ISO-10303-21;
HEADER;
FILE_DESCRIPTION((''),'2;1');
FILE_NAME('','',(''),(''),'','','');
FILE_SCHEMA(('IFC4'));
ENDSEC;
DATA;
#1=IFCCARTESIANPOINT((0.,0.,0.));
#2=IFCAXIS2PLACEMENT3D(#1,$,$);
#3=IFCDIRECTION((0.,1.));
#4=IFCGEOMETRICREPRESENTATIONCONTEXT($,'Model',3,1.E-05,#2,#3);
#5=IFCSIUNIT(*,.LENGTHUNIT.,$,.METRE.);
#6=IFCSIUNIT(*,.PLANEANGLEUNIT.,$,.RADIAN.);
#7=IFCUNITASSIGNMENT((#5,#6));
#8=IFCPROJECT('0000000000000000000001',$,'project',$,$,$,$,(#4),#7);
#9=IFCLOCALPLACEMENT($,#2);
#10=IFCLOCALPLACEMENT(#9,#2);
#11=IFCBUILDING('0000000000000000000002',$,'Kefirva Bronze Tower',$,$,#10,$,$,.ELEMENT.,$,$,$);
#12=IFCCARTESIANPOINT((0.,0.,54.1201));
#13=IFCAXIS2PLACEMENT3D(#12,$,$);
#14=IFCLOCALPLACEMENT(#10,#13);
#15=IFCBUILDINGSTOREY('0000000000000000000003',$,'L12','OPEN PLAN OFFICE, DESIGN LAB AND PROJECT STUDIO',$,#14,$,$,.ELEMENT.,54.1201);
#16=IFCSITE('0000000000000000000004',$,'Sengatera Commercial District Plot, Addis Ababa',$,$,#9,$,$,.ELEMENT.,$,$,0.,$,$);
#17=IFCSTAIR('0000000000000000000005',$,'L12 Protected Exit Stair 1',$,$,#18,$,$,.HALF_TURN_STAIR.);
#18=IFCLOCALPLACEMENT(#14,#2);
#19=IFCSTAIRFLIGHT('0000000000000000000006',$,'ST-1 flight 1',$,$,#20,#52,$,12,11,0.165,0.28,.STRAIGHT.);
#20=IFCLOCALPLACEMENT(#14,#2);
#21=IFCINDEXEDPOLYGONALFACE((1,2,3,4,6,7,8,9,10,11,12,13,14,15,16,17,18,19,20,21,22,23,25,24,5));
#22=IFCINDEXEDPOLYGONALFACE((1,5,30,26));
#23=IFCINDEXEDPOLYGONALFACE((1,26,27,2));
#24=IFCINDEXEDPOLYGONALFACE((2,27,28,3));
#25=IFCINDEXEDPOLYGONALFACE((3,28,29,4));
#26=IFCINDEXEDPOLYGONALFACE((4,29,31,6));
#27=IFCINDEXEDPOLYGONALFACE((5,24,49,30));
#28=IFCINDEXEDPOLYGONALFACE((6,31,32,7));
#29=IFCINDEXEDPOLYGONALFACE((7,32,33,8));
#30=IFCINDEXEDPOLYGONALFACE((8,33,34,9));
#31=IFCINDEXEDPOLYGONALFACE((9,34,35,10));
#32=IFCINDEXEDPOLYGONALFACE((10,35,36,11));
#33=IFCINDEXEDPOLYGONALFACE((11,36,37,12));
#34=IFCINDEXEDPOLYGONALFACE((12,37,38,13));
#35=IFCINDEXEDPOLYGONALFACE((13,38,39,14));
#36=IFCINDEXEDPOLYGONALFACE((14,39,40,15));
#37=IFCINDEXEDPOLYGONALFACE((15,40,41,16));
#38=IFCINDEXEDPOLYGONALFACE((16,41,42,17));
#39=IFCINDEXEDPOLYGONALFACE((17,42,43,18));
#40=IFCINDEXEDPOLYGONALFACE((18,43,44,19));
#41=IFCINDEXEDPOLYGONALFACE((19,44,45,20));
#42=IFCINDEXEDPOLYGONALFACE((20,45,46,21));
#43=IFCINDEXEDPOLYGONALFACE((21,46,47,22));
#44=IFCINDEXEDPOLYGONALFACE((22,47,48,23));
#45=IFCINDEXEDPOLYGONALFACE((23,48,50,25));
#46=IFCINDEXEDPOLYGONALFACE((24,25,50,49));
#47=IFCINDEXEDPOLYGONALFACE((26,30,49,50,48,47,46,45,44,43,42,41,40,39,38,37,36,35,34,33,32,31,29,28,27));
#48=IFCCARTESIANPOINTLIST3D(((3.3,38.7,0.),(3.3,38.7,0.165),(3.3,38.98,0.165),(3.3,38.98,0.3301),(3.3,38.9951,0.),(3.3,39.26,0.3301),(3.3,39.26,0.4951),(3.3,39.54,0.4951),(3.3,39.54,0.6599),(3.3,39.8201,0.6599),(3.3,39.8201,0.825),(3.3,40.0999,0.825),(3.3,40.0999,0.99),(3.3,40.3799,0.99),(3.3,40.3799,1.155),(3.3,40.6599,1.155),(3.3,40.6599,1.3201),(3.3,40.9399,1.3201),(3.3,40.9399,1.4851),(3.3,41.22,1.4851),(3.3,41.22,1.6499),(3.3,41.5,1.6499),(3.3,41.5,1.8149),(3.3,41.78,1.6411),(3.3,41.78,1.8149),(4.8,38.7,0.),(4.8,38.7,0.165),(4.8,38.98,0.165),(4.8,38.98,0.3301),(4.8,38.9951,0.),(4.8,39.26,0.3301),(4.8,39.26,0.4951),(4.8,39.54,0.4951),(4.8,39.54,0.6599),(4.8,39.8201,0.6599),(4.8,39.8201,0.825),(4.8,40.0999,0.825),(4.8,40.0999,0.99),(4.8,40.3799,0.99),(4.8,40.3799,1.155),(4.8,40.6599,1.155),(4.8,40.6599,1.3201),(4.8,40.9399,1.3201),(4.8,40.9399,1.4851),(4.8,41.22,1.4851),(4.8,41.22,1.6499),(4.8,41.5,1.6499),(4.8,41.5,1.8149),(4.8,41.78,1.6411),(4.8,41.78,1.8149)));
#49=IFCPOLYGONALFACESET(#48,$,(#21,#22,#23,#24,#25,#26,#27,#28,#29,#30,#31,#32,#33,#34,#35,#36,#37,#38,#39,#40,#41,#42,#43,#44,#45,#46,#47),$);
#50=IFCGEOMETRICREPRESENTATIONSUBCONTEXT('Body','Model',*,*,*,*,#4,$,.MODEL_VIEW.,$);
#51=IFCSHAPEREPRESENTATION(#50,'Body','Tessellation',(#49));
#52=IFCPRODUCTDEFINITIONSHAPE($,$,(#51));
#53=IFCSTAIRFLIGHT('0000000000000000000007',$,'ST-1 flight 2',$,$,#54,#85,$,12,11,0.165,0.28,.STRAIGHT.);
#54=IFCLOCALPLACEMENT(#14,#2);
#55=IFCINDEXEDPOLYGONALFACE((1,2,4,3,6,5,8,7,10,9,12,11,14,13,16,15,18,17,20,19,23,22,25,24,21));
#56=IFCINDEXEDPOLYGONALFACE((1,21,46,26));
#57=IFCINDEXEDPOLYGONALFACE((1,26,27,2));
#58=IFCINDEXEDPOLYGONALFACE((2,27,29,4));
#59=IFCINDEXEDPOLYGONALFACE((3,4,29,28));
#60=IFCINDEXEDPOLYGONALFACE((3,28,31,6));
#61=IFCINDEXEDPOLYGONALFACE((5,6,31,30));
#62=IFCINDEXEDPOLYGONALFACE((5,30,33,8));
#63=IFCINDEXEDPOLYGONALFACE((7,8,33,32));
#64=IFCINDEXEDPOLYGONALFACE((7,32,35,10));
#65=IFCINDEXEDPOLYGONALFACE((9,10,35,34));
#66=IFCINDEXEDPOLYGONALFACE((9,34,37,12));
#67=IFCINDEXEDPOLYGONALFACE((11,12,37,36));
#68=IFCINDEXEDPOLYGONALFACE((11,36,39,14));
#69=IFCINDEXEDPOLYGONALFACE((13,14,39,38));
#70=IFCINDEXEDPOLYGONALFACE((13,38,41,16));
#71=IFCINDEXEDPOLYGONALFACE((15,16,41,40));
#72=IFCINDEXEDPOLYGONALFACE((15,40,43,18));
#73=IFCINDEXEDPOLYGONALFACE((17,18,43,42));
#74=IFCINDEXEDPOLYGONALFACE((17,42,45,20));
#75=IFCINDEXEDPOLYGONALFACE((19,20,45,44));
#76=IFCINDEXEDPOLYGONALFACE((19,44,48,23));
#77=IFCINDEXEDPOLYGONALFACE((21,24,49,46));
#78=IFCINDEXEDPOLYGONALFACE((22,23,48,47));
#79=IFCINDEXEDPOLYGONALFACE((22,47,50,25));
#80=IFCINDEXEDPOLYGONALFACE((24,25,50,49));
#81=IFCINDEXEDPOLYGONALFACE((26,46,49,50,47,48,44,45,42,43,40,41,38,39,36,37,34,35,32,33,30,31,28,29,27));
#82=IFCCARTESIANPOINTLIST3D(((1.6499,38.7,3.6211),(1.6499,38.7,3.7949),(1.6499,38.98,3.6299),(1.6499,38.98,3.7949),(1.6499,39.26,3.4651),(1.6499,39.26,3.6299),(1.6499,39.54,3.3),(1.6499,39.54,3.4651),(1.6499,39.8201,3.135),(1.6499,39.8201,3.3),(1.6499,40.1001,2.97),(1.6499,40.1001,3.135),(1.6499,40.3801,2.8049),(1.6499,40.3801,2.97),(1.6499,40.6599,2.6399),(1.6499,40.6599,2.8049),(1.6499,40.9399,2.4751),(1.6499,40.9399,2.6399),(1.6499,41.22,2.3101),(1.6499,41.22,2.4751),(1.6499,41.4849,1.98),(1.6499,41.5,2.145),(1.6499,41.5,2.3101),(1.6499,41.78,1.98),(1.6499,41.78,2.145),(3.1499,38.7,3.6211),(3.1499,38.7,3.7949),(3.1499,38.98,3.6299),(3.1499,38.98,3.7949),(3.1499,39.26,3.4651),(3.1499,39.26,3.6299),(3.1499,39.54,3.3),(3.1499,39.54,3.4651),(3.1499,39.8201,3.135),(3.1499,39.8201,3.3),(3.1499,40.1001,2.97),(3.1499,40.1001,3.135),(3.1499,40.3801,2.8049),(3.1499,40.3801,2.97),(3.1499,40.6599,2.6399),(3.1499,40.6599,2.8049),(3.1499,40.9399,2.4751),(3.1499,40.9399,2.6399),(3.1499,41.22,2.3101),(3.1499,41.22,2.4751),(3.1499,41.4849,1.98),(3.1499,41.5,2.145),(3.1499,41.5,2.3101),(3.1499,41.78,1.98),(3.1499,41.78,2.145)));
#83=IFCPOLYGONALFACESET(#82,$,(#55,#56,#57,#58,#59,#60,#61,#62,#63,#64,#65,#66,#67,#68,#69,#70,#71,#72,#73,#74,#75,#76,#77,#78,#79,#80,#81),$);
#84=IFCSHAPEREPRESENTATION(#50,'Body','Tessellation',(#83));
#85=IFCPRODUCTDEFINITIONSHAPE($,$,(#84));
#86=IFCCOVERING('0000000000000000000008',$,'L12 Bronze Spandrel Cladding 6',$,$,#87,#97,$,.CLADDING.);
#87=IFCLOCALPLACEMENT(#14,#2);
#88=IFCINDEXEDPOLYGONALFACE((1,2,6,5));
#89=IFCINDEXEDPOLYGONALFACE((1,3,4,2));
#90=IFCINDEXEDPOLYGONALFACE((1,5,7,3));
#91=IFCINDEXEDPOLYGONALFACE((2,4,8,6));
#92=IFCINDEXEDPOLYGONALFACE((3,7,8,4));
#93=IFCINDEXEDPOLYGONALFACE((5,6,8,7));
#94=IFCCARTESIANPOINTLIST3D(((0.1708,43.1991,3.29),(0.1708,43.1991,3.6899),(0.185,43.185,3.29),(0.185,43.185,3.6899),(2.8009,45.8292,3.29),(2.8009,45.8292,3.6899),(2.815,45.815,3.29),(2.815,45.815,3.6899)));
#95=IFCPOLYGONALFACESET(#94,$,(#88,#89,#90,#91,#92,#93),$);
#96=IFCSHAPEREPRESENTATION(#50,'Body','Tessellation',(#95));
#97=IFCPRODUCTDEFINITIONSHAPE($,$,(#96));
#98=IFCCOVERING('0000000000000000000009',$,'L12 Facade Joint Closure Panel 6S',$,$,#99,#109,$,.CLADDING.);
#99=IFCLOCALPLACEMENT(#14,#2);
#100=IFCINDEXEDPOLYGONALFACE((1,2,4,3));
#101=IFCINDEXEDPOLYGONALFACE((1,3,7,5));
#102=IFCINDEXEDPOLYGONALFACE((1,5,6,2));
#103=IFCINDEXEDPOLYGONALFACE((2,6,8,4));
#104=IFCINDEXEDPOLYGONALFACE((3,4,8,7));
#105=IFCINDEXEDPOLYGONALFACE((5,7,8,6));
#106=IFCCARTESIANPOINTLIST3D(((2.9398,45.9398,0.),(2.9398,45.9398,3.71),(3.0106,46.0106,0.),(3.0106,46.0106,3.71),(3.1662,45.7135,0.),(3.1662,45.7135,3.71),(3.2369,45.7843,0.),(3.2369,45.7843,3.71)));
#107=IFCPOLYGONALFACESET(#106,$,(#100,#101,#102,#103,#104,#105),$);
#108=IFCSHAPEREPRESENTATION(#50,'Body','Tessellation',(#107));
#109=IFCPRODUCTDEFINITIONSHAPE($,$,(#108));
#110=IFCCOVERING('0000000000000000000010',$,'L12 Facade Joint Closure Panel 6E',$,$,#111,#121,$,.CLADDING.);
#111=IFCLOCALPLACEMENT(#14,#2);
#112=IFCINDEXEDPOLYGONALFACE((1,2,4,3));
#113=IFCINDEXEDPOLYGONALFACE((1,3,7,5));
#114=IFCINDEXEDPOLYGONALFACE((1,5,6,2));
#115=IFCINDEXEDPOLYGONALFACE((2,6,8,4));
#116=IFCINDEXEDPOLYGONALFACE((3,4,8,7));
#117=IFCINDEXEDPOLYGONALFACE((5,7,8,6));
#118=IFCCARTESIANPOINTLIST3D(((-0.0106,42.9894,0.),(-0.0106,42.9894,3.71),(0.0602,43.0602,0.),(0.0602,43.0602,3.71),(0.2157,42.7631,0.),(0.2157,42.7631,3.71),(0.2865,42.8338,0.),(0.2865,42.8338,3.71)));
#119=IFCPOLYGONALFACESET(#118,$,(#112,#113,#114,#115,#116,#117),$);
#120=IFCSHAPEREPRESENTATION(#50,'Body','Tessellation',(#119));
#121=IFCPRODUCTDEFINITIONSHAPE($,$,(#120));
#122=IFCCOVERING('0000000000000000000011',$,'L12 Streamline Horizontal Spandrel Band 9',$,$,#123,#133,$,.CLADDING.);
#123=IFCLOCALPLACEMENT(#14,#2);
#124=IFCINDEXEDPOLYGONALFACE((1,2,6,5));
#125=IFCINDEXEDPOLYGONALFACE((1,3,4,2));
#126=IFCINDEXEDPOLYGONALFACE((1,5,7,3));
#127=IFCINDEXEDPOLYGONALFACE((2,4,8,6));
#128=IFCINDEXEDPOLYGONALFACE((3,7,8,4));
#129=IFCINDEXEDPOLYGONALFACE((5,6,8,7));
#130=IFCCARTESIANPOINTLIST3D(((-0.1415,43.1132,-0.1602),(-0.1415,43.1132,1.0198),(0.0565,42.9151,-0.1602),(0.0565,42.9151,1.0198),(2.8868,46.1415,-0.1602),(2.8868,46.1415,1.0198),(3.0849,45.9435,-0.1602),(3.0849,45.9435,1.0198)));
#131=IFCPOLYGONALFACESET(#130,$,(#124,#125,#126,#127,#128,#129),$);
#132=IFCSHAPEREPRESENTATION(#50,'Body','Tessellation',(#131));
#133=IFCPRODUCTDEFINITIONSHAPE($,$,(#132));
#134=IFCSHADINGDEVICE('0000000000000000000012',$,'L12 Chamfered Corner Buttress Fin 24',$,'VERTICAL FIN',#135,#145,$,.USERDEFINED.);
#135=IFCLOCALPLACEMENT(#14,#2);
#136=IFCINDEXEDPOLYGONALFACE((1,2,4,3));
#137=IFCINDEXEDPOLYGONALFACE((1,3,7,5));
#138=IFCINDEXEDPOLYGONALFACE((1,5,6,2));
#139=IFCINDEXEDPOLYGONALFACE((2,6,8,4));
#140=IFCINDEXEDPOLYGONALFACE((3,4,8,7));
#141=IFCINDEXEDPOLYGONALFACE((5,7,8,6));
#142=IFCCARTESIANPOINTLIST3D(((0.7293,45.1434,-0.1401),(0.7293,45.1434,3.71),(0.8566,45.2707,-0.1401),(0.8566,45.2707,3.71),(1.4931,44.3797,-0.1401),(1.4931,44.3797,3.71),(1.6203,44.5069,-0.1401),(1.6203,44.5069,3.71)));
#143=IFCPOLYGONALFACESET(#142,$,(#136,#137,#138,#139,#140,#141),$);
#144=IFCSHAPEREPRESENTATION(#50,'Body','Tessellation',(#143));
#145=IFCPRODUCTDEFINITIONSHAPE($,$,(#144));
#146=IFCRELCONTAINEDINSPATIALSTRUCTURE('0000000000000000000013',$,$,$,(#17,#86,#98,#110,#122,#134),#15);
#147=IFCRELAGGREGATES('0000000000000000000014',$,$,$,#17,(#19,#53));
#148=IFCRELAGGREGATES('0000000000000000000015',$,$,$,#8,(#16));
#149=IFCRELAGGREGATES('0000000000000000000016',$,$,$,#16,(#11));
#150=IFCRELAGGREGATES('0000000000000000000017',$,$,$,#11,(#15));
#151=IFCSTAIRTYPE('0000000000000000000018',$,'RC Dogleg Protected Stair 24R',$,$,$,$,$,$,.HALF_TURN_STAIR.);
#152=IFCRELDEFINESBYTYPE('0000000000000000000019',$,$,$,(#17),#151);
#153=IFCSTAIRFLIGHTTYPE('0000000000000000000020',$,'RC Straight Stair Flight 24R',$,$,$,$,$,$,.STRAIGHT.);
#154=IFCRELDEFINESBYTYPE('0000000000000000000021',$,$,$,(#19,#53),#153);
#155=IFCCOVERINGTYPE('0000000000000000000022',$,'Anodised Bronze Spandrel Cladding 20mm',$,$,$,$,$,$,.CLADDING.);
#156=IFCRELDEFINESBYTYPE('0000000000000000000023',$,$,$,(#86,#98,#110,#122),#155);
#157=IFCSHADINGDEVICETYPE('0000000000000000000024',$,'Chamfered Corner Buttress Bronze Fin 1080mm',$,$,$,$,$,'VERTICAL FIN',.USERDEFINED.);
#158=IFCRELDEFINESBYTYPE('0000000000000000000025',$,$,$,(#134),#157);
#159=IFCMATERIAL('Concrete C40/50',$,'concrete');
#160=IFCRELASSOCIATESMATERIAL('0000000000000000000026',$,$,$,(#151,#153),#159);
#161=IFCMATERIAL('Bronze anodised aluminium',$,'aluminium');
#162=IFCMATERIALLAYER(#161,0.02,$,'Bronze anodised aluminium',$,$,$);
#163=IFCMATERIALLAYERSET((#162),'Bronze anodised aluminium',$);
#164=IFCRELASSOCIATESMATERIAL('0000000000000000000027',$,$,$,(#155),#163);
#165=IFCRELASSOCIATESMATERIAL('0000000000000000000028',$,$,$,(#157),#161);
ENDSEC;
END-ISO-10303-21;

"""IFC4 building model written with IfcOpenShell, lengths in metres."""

from ifc_helpers import new_model, si_unit, direction, frame, origin, origin_2d, place, context, subcontext, project, spatial, polyline, rectangle, outline, extrude, material, layer, layer_set, material_profile, profile_set, type_object, element, aggregate, save


model = new_model("IFC4")

# Units and contexts
model_context = context("Model", 3, precision=1e-05, world=origin(), true_north=direction((0.0, 1.0)))
body_context = subcontext(model_context, "Body", "Model", "MODEL_VIEW")
ifc_project = project(units=[si_unit("LENGTHUNIT", "METRE"), si_unit("PLANEANGLEUNIT", "RADIAN")], contexts=[model_context])

# Site, building, storey
site_placement = place(None, origin())
site = spatial("IfcSite", under=ifc_project, at=site_placement, Name="Sengatera Commercial District Plot, Addis Ababa", CompositionType="ELEMENT", RefElevation=0.0)
building_placement = place(site_placement, origin())
building = spatial("IfcBuilding", under=site, at=building_placement, Name="Kefirva Bronze Tower", CompositionType="ELEMENT")
storey_placement = place(building_placement, frame((0.0, 0.0, 54.1201)))
storey = spatial("IfcBuildingStorey", under=building, at=storey_placement, Name="L12", Description="OPEN PLAN OFFICE, DESIGN LAB AND PROJECT STUDIO", CompositionType="ELEMENT", Elevation=54.1201)

# Shared definitions
ifc_material_1 = material(Name="Bronze anodised aluminium", Category="aluminium")

# Stair, stair flights
ifc_material_2 = material(Name="Concrete C40/50", Category="concrete")
stair_type = type_object("IfcStairType", Name="RC Dogleg Protected Stair 24R", PredefinedType="HALF_TURN_STAIR", material=ifc_material_2)
stair_placement = place(storey_placement, origin())
stair = element("IfcStair", 1, at=stair_placement, inside=storey, type_object=stair_type, Name="L12 Protected Exit Stair 1", PredefinedType="HALF_TURN_STAIR")
stair_flight_type = type_object("IfcStairFlightType", Name="RC Straight Stair Flight 24R", PredefinedType="STRAIGHT", material=ifc_material_2)
stair_flight_1_placement = place(storey_placement, frame((4.05, 38.7, 0.0), z_axis=(0.0, 0.0, 1.0), x_axis=(0.0, 1.0, 0.0)))
stair_flight_1 = element("IfcStairFlight", 2, at=stair_flight_1_placement, type_object=stair_flight_type, Name="ST-1 flight 1", NumberOfRisers=12, NumberOfTreads=11, PredefinedType="STRAIGHT", RiserHeight=0.165, TreadLength=0.28, context=body_context, shape_type="SweptSolid", body=[
    extrude(outline(polyline([(0.0, 0.0), (0.0, 0.165), (0.28, 0.165), (0.28, 0.3301), (0.5601, 0.3301), (0.5601, 0.4951), (0.8401, 0.4951), (0.8401, 0.6599), (1.1201, 0.6599), (1.1201, 0.825), (1.3999, 0.825), (1.3999, 0.99), (1.6799, 0.99), (1.6799, 1.155), (1.96, 1.155), (1.96, 1.3201), (2.24, 1.3201), (2.24, 1.4851), (2.52, 1.4851), (2.52, 1.6499), (2.8, 1.6499), (2.8, 1.8149), (3.0801, 1.8149), (3.0801, 1.98), (3.0801, 1.6411), (0.2952, 0.0), (0.0, 0.0)])), frame((0.0, 0.75, 0.0), z_axis=(0.0, -1.0, 0.0), x_axis=(1.0, 0.0, 0.0)), (0.0, 0.0, 1.0), 1.5),
])
stair_flight_2_placement = place(storey_placement, frame((2.3999, 41.78, 1.98), z_axis=(0.0, 0.0, 1.0), x_axis=(0.0, -1.0, 0.0)))
stair_flight_2 = element("IfcStairFlight", 3, at=stair_flight_2_placement, type_object=stair_flight_type, Name="ST-1 flight 2", NumberOfRisers=12, NumberOfTreads=11, PredefinedType="STRAIGHT", RiserHeight=0.165, TreadLength=0.28, context=body_context, shape_type="SweptSolid", body=[
    extrude(outline(polyline([(0.0, 0.0), (0.0, 0.165), (0.28, 0.165), (0.28, 0.3301), (0.5601, 0.3301), (0.5601, 0.4951), (0.8401, 0.4951), (0.8401, 0.6599), (1.1201, 0.6599), (1.1201, 0.825), (1.3999, 0.825), (1.3999, 0.99), (1.6799, 0.99), (1.6799, 1.155), (1.96, 1.155), (1.96, 1.3201), (2.24, 1.3201), (2.24, 1.4851), (2.52, 1.4851), (2.52, 1.6499), (2.8, 1.6499), (2.8, 1.8149), (3.0801, 1.8149), (3.0801, 1.98), (3.0801, 1.6411), (0.2952, 0.0), (0.0, 0.0)])), frame((0.0, 0.75, 0.0), z_axis=(0.0, -1.0, 0.0), x_axis=(1.0, 0.0, 0.0)), (0.0, 0.0, 1.0), 1.5),
])
aggregate(stair, [stair_flight_1, stair_flight_2])

# Coverings
ifc_layer_1 = layer(ifc_material_1, 0.02, Name="Bronze anodised aluminium")
ifc_layer_set_1 = layer_set([ifc_layer_1], Name="Bronze anodised aluminium")
covering_type_1 = type_object("IfcCoveringType", Name="Anodised Bronze Spandrel Cladding 20mm", PredefinedType="CLADDING", material=ifc_layer_set_1)
covering_1_placement = place(storey_placement, frame((1.4929, 44.5071, 3.29), z_axis=(0.0, 0.0, 1.0), x_axis=(-0.707107, -0.707107, 0.0)))
element("IfcCovering", 4, at=covering_1_placement, inside=storey, type_object=covering_type_1, Name="L12 Bronze Spandrel Cladding 6", PredefinedType="CLADDING", context=body_context, shape_type="SweptSolid", body=[
    extrude(rectangle(XDim=3.7195, YDim=0.02, at=origin_2d()), origin(), (0.0, 0.0, 1.0), 0.3999),
])
for number, where, z_axis, x_axis, name in (
    (5, (3.0884, 45.8621, 0.0), (0.0, 0.0, 1.0), (-0.707107, -0.707107, 0.0), "L12 Facade Joint Closure Panel 6S"),
    (6, (0.1379, 42.9116, 0.0), (0.0, 0.0, 1.0), (-0.707107, -0.707107, 0.0), "L12 Facade Joint Closure Panel 6E"),
):
    element("IfcCovering", number, at=place(storey_placement, frame(where, z_axis=z_axis, x_axis=x_axis)), inside=storey, type_object=covering_type_1, Name=name, PredefinedType="CLADDING", context=body_context, shape_type="SweptSolid", body=[
        extrude(rectangle(XDim=0.1001, YDim=0.3201, at=origin_2d()), origin(), (0.0, 0.0, 1.0), 3.71),
    ])
covering_2_placement = place(storey_placement, frame((1.4717, 44.5283, -0.1602), z_axis=(0.0, 0.0, 1.0), x_axis=(-0.707107, -0.707107, 0.0)))
element("IfcCovering", 7, at=covering_2_placement, inside=storey, type_object=covering_type_1, Name="L12 Streamline Horizontal Spandrel Band 9", PredefinedType="CLADDING", context=body_context, shape_type="SweptSolid", body=[
    extrude(rectangle(XDim=4.2827, YDim=0.28, at=origin_2d()), origin(), (0.0, 0.0, 1.0), 1.1799),
])

# Shading device
ifc_material_profile_1 = material_profile(ifc_material_1, rectangle(XDim=0.1799, YDim=1.0801, at=origin_2d()), Name="BRONZE BUTTRESS FIN 180x1080")
ifc_profile_set_1 = profile_set([ifc_material_profile_1], Name="Bronze anodised aluminium")
shading_device_type = type_object("IfcShadingDeviceType", Name="Chamfered Corner Buttress Bronze Fin 1080mm", ElementType="VERTICAL FIN", PredefinedType="USERDEFINED", material=ifc_profile_set_1)
shading_device_placement = place(storey_placement, frame((1.1748, 44.8252, -0.1401), z_axis=(0.0, 0.0, 1.0), x_axis=(-0.707107, -0.707107, 0.0)))
element("IfcShadingDevice", 8, at=shading_device_placement, inside=storey, type_object=shading_device_type, Name="L12 Chamfered Corner Buttress Fin 24", ObjectType="VERTICAL FIN", PredefinedType="USERDEFINED", context=body_context, shape_type="SweptSolid", body=[
    extrude(rectangle(XDim=0.1799, YDim=1.0801, at=origin_2d()), origin(), (0.0, 0.0, 1.0), 3.8501),
])

save(model, "model.ifc")
